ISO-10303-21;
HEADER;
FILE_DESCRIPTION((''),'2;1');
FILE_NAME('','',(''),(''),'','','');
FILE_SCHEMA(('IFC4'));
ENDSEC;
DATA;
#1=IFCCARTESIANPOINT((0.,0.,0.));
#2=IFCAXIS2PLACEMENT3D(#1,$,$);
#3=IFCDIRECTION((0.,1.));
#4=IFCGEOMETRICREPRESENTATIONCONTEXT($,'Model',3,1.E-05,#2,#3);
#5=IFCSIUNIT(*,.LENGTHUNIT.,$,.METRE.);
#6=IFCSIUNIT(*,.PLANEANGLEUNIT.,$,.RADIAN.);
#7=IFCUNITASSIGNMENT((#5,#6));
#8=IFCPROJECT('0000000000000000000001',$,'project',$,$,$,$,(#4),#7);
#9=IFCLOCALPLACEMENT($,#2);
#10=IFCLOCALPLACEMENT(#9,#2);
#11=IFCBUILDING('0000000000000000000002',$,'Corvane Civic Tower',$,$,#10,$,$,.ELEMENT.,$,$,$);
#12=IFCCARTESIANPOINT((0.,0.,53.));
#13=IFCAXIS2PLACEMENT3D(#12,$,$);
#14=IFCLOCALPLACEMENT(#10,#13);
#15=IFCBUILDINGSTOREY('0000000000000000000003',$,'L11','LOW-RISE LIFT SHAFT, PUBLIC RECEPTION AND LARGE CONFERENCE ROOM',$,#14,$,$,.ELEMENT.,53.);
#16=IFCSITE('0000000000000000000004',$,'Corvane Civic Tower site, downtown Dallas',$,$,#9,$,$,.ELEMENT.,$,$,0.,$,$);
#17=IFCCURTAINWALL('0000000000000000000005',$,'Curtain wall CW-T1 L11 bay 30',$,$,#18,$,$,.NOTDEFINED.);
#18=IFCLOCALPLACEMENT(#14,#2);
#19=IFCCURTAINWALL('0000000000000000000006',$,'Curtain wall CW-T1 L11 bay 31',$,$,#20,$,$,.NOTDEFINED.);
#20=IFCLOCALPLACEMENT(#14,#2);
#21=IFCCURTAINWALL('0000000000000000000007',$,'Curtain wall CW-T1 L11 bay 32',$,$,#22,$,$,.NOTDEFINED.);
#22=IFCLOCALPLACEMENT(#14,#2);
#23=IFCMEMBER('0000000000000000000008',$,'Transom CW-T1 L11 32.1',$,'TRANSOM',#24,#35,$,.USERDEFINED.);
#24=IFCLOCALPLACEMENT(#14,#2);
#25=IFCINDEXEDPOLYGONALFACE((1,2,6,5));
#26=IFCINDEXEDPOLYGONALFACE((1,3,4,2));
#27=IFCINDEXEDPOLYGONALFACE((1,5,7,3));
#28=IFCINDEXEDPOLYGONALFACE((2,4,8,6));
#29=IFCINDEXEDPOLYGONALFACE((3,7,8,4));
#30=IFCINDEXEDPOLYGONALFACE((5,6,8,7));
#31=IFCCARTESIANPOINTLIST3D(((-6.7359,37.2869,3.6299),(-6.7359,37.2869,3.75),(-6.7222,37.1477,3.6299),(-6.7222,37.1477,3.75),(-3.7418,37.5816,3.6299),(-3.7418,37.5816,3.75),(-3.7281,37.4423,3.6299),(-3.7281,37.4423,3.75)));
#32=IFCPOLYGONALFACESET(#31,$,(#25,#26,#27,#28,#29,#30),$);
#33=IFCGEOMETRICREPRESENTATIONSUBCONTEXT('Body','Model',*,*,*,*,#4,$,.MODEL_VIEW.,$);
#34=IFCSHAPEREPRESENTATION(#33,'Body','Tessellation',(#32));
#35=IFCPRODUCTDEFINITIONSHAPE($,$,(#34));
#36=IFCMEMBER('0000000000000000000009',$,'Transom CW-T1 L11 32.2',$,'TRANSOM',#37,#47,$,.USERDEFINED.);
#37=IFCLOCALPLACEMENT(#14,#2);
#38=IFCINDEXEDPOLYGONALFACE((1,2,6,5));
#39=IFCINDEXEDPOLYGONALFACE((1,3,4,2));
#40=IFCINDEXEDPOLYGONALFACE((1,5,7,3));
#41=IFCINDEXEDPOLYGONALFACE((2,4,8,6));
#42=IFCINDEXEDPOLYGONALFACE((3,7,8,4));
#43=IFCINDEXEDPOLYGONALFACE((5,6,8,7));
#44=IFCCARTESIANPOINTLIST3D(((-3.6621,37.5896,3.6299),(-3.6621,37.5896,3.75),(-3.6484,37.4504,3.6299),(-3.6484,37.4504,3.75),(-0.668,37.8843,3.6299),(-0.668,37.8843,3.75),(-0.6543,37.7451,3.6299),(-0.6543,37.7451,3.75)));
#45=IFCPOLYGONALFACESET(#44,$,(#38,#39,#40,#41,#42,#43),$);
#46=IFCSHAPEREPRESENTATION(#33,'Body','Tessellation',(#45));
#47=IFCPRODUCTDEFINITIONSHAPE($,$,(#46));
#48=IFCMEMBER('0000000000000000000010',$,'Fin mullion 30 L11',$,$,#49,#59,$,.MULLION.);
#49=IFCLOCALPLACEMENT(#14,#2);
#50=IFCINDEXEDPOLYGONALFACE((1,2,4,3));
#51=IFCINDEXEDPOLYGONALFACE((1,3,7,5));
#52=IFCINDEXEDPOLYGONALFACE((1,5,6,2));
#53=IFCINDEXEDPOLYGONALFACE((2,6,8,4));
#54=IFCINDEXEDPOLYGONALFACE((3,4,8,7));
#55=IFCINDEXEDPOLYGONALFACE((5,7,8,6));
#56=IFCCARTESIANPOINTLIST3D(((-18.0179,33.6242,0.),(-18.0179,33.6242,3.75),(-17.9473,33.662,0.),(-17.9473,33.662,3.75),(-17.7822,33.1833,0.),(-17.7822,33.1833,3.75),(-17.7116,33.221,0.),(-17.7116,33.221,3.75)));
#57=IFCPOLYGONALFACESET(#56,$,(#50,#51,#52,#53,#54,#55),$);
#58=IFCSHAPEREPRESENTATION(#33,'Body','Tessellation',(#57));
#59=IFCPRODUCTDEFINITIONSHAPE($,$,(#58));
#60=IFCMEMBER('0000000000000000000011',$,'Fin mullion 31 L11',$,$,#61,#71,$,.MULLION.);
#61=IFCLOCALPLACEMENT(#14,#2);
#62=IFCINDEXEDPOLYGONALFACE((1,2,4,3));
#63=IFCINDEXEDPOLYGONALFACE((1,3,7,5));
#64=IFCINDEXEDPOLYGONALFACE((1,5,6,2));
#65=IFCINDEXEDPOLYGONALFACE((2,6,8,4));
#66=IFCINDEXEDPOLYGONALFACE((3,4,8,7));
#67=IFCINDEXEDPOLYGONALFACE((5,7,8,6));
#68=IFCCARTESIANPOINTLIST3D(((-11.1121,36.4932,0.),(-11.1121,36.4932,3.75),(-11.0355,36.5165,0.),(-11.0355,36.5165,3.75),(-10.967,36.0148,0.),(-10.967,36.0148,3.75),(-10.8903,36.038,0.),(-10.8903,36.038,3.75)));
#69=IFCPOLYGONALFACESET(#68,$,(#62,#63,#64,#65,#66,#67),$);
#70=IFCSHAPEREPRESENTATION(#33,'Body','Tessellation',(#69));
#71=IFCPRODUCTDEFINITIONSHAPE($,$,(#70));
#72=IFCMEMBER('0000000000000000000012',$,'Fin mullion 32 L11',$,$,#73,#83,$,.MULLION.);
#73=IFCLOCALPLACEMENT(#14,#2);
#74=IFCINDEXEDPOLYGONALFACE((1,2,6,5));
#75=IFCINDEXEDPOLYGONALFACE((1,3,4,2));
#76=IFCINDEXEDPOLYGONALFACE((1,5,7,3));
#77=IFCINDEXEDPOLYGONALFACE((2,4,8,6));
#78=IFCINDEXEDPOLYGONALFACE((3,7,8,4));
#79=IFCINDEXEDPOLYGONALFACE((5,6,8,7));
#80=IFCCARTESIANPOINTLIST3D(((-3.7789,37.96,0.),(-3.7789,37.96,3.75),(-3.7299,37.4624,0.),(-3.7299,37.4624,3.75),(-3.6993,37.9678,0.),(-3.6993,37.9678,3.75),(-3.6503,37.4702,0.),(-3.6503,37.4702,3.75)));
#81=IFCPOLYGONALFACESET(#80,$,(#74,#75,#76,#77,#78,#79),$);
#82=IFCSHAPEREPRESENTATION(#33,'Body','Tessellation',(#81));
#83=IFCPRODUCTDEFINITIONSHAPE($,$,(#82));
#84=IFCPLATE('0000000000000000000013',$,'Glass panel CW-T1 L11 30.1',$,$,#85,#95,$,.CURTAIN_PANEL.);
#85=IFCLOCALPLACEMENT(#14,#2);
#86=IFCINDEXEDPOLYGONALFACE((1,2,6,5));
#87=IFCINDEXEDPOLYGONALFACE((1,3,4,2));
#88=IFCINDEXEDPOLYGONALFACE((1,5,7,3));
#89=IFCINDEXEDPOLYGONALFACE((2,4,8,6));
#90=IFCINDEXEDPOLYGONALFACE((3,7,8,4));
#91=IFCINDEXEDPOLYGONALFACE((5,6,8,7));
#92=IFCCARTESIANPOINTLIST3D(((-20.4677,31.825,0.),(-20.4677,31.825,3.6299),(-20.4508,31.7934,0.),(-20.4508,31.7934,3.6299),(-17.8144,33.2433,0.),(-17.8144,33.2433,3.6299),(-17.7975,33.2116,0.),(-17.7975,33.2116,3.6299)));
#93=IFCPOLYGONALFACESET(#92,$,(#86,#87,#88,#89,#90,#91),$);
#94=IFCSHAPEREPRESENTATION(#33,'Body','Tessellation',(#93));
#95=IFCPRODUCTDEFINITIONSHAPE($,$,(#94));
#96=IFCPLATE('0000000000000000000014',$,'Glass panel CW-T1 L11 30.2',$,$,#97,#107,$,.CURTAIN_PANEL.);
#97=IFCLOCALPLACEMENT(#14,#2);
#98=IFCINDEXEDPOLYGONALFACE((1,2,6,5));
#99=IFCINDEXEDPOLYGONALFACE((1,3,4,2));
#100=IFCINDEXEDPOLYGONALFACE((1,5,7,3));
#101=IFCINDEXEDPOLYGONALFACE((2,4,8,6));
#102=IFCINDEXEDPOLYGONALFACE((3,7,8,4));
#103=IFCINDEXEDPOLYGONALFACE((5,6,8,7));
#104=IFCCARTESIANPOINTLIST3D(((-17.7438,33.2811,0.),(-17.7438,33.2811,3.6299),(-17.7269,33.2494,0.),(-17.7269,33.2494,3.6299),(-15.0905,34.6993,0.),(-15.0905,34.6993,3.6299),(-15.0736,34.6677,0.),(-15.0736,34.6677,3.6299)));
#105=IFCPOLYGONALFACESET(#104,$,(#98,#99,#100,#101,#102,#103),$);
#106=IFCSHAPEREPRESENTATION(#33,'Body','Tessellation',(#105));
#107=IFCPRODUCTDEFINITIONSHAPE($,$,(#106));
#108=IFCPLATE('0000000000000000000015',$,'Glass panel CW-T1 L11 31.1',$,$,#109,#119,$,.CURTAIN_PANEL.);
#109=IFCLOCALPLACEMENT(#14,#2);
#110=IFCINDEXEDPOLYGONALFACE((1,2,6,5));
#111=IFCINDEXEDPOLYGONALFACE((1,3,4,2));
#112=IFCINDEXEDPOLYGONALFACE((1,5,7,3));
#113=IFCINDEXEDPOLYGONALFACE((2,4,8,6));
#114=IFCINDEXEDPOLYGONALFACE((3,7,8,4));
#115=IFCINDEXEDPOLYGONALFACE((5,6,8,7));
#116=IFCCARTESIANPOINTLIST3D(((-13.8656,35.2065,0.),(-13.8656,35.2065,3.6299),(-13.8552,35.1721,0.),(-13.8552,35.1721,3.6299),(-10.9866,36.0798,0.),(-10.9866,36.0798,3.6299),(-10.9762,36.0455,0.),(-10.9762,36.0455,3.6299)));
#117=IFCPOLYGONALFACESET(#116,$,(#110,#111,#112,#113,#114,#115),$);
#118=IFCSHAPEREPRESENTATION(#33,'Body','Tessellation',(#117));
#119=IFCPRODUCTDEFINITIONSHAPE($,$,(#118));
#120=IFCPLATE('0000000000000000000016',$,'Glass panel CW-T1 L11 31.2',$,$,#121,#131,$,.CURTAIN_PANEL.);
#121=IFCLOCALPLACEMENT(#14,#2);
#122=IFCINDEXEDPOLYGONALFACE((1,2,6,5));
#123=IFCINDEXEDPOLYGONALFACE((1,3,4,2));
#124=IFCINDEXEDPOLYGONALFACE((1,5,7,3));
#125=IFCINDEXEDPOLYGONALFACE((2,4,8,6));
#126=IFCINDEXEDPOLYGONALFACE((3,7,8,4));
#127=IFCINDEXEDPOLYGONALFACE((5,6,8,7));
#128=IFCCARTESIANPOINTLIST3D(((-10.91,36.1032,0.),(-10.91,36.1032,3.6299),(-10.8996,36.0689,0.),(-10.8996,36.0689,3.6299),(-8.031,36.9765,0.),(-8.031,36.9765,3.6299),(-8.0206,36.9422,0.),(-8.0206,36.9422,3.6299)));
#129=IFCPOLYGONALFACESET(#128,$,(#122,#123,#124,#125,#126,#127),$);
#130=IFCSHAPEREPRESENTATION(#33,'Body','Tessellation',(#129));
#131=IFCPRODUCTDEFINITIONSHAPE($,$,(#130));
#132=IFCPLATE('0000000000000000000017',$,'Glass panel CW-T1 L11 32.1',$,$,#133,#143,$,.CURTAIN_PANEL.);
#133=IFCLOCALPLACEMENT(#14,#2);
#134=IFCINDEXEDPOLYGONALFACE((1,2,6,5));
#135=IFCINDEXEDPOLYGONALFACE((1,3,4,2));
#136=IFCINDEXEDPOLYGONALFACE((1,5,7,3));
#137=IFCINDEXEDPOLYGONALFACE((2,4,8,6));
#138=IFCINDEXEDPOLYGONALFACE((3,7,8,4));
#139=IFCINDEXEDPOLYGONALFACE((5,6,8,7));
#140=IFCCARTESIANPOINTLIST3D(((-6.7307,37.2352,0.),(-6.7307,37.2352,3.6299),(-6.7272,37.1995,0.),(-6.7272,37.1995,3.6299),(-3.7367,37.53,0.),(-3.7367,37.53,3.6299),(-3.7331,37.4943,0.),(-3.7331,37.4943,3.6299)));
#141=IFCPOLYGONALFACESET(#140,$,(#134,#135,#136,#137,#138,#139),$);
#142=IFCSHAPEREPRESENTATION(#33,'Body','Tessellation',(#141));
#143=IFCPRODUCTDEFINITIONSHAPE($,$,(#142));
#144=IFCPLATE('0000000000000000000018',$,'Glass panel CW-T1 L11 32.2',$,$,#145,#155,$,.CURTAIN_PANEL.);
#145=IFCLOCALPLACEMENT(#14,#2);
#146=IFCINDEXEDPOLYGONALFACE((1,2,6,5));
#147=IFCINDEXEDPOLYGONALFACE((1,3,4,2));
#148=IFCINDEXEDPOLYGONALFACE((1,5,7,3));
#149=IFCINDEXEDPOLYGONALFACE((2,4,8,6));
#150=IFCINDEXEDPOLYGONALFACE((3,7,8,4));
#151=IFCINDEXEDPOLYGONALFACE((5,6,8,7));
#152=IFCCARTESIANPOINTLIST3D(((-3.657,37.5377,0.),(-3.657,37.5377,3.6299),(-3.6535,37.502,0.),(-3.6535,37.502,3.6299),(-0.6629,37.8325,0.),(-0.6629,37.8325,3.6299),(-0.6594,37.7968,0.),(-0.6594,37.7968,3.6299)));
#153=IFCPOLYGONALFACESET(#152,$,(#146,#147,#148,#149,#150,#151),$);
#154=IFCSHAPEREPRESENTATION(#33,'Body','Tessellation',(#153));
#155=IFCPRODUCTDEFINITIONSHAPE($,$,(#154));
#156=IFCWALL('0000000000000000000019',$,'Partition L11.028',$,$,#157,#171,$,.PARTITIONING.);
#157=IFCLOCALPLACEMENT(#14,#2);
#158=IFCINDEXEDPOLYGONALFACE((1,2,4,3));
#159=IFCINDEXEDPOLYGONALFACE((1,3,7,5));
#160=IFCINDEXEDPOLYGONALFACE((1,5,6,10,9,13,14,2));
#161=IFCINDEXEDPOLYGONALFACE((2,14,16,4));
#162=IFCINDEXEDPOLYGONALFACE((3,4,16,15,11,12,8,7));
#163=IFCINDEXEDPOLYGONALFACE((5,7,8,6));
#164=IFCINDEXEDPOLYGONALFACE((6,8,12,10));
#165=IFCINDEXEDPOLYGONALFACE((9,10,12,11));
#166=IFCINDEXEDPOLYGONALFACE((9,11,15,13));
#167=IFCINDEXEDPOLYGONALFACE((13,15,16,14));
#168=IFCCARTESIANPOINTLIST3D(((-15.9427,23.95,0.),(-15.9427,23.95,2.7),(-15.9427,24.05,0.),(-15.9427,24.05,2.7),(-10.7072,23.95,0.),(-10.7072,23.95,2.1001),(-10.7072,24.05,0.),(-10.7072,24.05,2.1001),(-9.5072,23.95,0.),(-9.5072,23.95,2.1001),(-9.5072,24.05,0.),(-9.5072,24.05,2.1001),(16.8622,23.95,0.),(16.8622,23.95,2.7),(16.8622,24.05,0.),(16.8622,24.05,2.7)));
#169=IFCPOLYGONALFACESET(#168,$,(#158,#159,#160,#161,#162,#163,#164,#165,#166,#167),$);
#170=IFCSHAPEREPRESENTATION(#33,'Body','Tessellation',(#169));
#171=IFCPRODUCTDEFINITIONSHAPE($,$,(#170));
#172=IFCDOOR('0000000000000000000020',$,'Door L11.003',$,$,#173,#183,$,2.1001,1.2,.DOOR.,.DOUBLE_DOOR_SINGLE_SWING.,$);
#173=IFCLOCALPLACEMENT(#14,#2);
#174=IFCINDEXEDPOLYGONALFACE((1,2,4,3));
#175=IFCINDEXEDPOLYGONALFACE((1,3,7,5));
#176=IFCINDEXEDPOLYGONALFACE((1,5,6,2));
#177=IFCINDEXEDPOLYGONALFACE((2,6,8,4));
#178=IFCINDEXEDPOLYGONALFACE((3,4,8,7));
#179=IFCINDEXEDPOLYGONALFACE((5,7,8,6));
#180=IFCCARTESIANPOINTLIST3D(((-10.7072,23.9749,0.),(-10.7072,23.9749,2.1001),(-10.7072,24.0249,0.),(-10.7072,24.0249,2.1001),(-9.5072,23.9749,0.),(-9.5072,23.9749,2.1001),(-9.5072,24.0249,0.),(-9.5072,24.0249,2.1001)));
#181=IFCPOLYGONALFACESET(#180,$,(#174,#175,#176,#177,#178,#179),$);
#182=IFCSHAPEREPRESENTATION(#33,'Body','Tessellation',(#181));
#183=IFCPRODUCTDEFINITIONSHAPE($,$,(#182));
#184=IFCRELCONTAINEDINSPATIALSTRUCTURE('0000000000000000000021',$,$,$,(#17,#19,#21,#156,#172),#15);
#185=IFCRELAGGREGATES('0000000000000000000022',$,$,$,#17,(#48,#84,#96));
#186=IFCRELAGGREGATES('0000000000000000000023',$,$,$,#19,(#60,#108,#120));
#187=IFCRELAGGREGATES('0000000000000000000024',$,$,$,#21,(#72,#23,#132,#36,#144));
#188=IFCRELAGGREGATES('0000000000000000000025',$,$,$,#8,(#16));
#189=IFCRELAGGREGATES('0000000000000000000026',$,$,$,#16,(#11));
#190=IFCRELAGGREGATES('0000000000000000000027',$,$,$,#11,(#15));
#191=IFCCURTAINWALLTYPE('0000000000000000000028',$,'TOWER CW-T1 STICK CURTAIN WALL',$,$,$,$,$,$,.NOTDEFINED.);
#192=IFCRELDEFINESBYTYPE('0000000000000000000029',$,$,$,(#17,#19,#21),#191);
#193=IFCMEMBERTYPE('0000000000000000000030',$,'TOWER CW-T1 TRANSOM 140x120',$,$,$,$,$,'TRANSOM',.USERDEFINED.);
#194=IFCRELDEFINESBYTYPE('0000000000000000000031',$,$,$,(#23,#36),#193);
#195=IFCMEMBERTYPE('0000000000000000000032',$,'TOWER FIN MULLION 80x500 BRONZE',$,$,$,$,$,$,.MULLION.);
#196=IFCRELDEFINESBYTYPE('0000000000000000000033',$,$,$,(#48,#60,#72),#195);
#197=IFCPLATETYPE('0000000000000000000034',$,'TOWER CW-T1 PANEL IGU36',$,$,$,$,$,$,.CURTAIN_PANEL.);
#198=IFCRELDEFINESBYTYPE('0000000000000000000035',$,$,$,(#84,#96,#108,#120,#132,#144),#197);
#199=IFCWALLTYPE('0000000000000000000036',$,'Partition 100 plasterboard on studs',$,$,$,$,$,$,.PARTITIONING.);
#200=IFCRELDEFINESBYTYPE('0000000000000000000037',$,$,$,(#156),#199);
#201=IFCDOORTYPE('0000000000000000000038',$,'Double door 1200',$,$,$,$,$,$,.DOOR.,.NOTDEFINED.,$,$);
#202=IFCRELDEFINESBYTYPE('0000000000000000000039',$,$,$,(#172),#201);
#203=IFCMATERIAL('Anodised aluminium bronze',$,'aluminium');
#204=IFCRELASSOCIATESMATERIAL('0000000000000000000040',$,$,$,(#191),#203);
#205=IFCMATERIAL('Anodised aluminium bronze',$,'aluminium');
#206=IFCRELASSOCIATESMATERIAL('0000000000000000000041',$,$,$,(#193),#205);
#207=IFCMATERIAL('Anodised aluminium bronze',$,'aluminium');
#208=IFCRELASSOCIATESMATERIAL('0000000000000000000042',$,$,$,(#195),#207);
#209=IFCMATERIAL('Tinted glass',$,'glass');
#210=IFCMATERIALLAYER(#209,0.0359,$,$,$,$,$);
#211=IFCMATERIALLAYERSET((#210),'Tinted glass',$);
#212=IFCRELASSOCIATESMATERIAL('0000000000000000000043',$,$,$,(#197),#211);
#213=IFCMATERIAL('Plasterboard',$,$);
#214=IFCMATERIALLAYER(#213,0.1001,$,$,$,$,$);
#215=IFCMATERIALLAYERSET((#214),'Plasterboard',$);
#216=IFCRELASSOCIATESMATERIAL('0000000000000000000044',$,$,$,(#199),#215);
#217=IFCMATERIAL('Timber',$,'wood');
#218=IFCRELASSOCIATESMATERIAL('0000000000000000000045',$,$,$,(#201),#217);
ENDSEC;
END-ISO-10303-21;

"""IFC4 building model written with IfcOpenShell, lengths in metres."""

from ifc_helpers import new_model, si_unit, direction, frame, frame_2d, origin, origin_2d, place, context, subcontext, project, spatial, rectangle, extrude, material, layer, layer_set, material_profile, profile_set, type_object, element, fill, aggregate, save


model = new_model("IFC4")

# Units and contexts
model_context = context("Model", 3, precision=1e-05, world=origin(), true_north=direction((0.0, 1.0)))
body_context = subcontext(model_context, "Body", "Model", "MODEL_VIEW")
ifc_project = project(units=[si_unit("LENGTHUNIT", "METRE"), si_unit("PLANEANGLEUNIT", "RADIAN")], contexts=[model_context])

# Site, building, storey
site_placement = place(None, origin())
site = spatial("IfcSite", under=ifc_project, at=site_placement, Name="Corvane Civic Tower site, downtown Dallas", CompositionType="ELEMENT", RefElevation=0.0)
building_placement = place(site_placement, origin())
building = spatial("IfcBuilding", under=site, at=building_placement, Name="Corvane Civic Tower", CompositionType="ELEMENT")
storey_placement = place(building_placement, frame((0.0, 0.0, 53.0)))
storey = spatial("IfcBuildingStorey", under=building, at=storey_placement, Name="L11", Description="LOW-RISE LIFT SHAFT, PUBLIC RECEPTION AND LARGE CONFERENCE ROOM", CompositionType="ELEMENT", Elevation=53.0)

# Curtain wall
ifc_material_1 = material(Name="Anodised aluminium bronze", Category="aluminium")
curtain_wall_type = type_object("IfcCurtainWallType", Name="TOWER CW-T1 STICK CURTAIN WALL", PredefinedType="NOTDEFINED", material=ifc_material_1)
curtain_wall_1_placement = place(storey_placement, origin())
curtain_wall_1 = element("IfcCurtainWall", 1, at=curtain_wall_1_placement, inside=storey, type_object=curtain_wall_type, Name="Curtain wall CW-T1 L11 bay 30", PredefinedType="NOTDEFINED")
ifc_material_2 = material(Name="Anodised aluminium bronze", Category="aluminium")
ifc_material_profile_1 = material_profile(ifc_material_2, rectangle(XDim=0.1399, YDim=0.1201, at=origin_2d()), Name="TOWER CW-T1 TRANSOM 140x120")
ifc_profile_set_1 = profile_set([ifc_material_profile_1], Name="Anodised aluminium bronze")
member_type_1 = type_object("IfcMemberType", Name="TOWER CW-T1 TRANSOM 140x120", ElementType="TRANSOM", PredefinedType="USERDEFINED", material=ifc_profile_set_1)

# Curtain walls, members
curtain_wall_2_placement = place(storey_placement, origin())
curtain_wall_2 = element("IfcCurtainWall", 2, at=curtain_wall_2_placement, inside=storey, type_object=curtain_wall_type, Name="Curtain wall CW-T1 L11 bay 31", PredefinedType="NOTDEFINED")
curtain_wall_3_placement = place(storey_placement, origin())
curtain_wall_3 = element("IfcCurtainWall", 3, at=curtain_wall_3_placement, inside=storey, type_object=curtain_wall_type, Name="Curtain wall CW-T1 L11 bay 32", PredefinedType="NOTDEFINED")
member_1_placement = place(storey_placement, frame((-6.729, 37.2173, 3.6899), z_axis=(0.995192, 0.097945, 0.0), x_axis=(-0.097945, 0.995192, 0.0)))
member_1 = element("IfcMember", 4, at=member_1_placement, type_object=member_type_1, Name="Transom CW-T1 L11 32.1", ObjectType="TRANSOM", PredefinedType="USERDEFINED", context=body_context, shape_type="SweptSolid", body=[
    extrude(rectangle(XDim=0.1399, YDim=0.1201, at=origin_2d()), origin(), (0.0, 0.0, 1.0), 3.0085),
])
member_2_placement = place(storey_placement, frame((-3.6553, 37.52, 3.6899), z_axis=(0.995192, 0.097945, 0.0), x_axis=(-0.097945, 0.995192, 0.0)))
member_2 = element("IfcMember", 5, at=member_2_placement, type_object=member_type_1, Name="Transom CW-T1 L11 32.2", ObjectType="TRANSOM", PredefinedType="USERDEFINED", context=body_context, shape_type="SweptSolid", body=[
    extrude(rectangle(XDim=0.1399, YDim=0.1201, at=origin_2d()), origin(), (0.0, 0.0, 1.0), 3.0085),
])

# Members
ifc_material_3 = material(Name="Anodised aluminium bronze", Category="aluminium")
ifc_material_profile_2 = material_profile(ifc_material_3, rectangle(XDim=0.0801, YDim=0.5, at=origin_2d()), Name="TOWER FIN MULLION 80x500 BRONZE")
ifc_profile_set_2 = profile_set([ifc_material_profile_2], Name="Anodised aluminium bronze")
member_type_2 = type_object("IfcMemberType", Name="TOWER FIN MULLION 80x500 BRONZE", PredefinedType="MULLION", material=ifc_profile_set_2)
member_3_placement = place(storey_placement, frame((-17.8647, 33.4226, 0.0), z_axis=(0.0, 0.0, 1.0), x_axis=(0.881918, 0.471404, 0.0)))
member_3 = element("IfcMember", 6, at=member_3_placement, type_object=member_type_2, Name="Fin mullion 30 L11", PredefinedType="MULLION", context=body_context, shape_type="SweptSolid", body=[
    extrude(rectangle(XDim=0.0801, YDim=0.5, at=origin_2d()), origin(), (0.0, 0.0, 1.0), 3.75),
])
member_4_placement = place(storey_placement, frame((-11.0012, 36.2656, 0.0), z_axis=(0.0, 0.0, 1.0), x_axis=(0.956942, 0.290278, 0.0)))
member_4 = element("IfcMember", 7, at=member_4_placement, type_object=member_type_2, Name="Fin mullion 31 L11", PredefinedType="MULLION", context=body_context, shape_type="SweptSolid", body=[
    extrude(rectangle(XDim=0.0801, YDim=0.5, at=origin_2d()), origin(), (0.0, 0.0, 1.0), 3.75),
])
member_5_placement = place(storey_placement, frame((-3.7146, 37.7151, 0.0), z_axis=(0.0, 0.0, 1.0), x_axis=(0.995186, 0.098006, 0.0)))
member_5 = element("IfcMember", 8, at=member_5_placement, type_object=member_type_2, Name="Fin mullion 32 L11", PredefinedType="MULLION", context=body_context, shape_type="SweptSolid", body=[
    extrude(rectangle(XDim=0.0801, YDim=0.5, at=origin_2d()), origin(), (0.0, 0.0, 1.0), 3.75),
])

# Plates
ifc_material_4 = material(Name="Tinted glass", Category="glass")
ifc_layer_1 = layer(ifc_material_4, 0.0359)
ifc_layer_set_1 = layer_set([ifc_layer_1], Name="Tinted glass")
plate_type = type_object("IfcPlateType", Name="TOWER CW-T1 PANEL IGU36", PredefinedType="CURTAIN_PANEL", material=ifc_layer_set_1)
plate_1_placement = place(storey_placement, frame((-19.1326, 32.5183, 0.0), z_axis=(0.0, 0.0, 1.0), x_axis=(0.881918, 0.471404, 0.0)))
plate_1 = element("IfcPlate", 9, at=plate_1_placement, type_object=plate_type, Name="Glass panel CW-T1 L11 30.1", PredefinedType="CURTAIN_PANEL", context=body_context, shape_type="SweptSolid", body=[
    extrude(rectangle(XDim=3.0085, YDim=0.0359, at=origin_2d()), origin(), (0.0, 0.0, 1.0), 3.6299),
])
plate_2_placement = place(storey_placement, frame((-16.4087, 33.9744, 0.0), z_axis=(0.0, 0.0, 1.0), x_axis=(0.881918, 0.471404, 0.0)))
plate_2 = element("IfcPlate", 10, at=plate_2_placement, type_object=plate_type, Name="Glass panel CW-T1 L11 30.2", PredefinedType="CURTAIN_PANEL", context=body_context, shape_type="SweptSolid", body=[
    extrude(rectangle(XDim=3.0085, YDim=0.0359, at=origin_2d()), origin(), (0.0, 0.0, 1.0), 3.6299),
])
aggregate(curtain_wall_1, [member_3, plate_1, plate_2])
plate_3_placement = place(storey_placement, frame((-12.4209, 35.626, 0.0), z_axis=(0.0, 0.0, 1.0), x_axis=(0.956942, 0.290278, 0.0)))
plate_3 = element("IfcPlate", 11, at=plate_3_placement, type_object=plate_type, Name="Glass panel CW-T1 L11 31.1", PredefinedType="CURTAIN_PANEL", context=body_context, shape_type="SweptSolid", body=[
    extrude(rectangle(XDim=3.0085, YDim=0.0359, at=origin_2d()), origin(), (0.0, 0.0, 1.0), 3.6299),
])
plate_4_placement = place(storey_placement, frame((-9.4653, 36.5227, 0.0), z_axis=(0.0, 0.0, 1.0), x_axis=(0.956942, 0.290278, 0.0)))
plate_4 = element("IfcPlate", 12, at=plate_4_placement, type_object=plate_type, Name="Glass panel CW-T1 L11 31.2", PredefinedType="CURTAIN_PANEL", context=body_context, shape_type="SweptSolid", body=[
    extrude(rectangle(XDim=3.0085, YDim=0.0359, at=origin_2d()), origin(), (0.0, 0.0, 1.0), 3.6299),
])
aggregate(curtain_wall_2, [member_4, plate_3, plate_4])
plate_5_placement = place(storey_placement, frame((-5.2319, 37.3647, 0.0), z_axis=(0.0, 0.0, 1.0), x_axis=(0.995186, 0.098006, 0.0)))
plate_5 = element("IfcPlate", 13, at=plate_5_placement, type_object=plate_type, Name="Glass panel CW-T1 L11 32.1", PredefinedType="CURTAIN_PANEL", context=body_context, shape_type="SweptSolid", body=[
    extrude(rectangle(XDim=3.0085, YDim=0.0359, at=origin_2d()), origin(), (0.0, 0.0, 1.0), 3.6299),
])
plate_6_placement = place(storey_placement, frame((-2.1582, 37.6672, 0.0), z_axis=(0.0, 0.0, 1.0), x_axis=(0.995186, 0.098006, 0.0)))
plate_6 = element("IfcPlate", 14, at=plate_6_placement, type_object=plate_type, Name="Glass panel CW-T1 L11 32.2", PredefinedType="CURTAIN_PANEL", context=body_context, shape_type="SweptSolid", body=[
    extrude(rectangle(XDim=3.0085, YDim=0.0359, at=origin_2d()), origin(), (0.0, 0.0, 1.0), 3.6299),
])
aggregate(curtain_wall_3, [member_5, member_1, plate_5, member_2, plate_6])

# Wall, opening, door
ifc_material_5 = material(Name="Plasterboard")
ifc_layer_2 = layer(ifc_material_5, 0.1001)
ifc_layer_set_2 = layer_set([ifc_layer_2], Name="Plasterboard")
wall_type_1 = type_object("IfcWallType", Name="Partition 100 plasterboard on studs", PredefinedType="PARTITIONING", material=ifc_layer_set_2)
wall_1_placement = place(storey_placement, frame((-15.9426, 24.0, 0.0), z_axis=(0.0, 0.0, 1.0), x_axis=(1.0, 0.0, 0.0)))
wall_1 = element("IfcWall", 15, at=wall_1_placement, inside=storey, type_object=wall_type_1, Name="Partition L11.028", PredefinedType="PARTITIONING", context=body_context, shape_type="SweptSolid", body=[
    extrude(rectangle(XDim=32.8049, YDim=0.1001, at=frame_2d((16.4023, 0.0))), origin(), (0.0, 0.0, 1.0), 2.7),
])
opening_1_placement = place(wall_1_placement, frame((5.2354, 0.0, 0.0)))
opening_1 = element("IfcOpeningElement", 16, at=opening_1_placement, cuts=wall_1, PredefinedType="OPENING", context=body_context, shape_type="SweptSolid", body=[
    extrude(rectangle(XDim=1.2, YDim=2.1001, at=frame_2d((0.6001, 1.05))), frame((0.0, 0.0601, 0.0), z_axis=(0.0, -1.0, 0.0), x_axis=(1.0, 0.0, 0.0)), (0.0, 0.0, 1.0), 0.1201),
])
ifc_material_6 = material(Name="Timber", Category="wood")
door_type_1 = type_object("IfcDoorType", Name="Double door 1200", OperationType="NOTDEFINED", PredefinedType="DOOR", material=ifc_material_6)
door_1_placement = place(opening_1_placement, origin())
door_1 = element("IfcDoor", 17, at=door_1_placement, inside=storey, type_object=door_type_1, Name="Door L11.003", OperationType="DOUBLE_DOOR_SINGLE_SWING", OverallHeight=2.1001, OverallWidth=1.2, PredefinedType="DOOR", context=body_context, shape_type="SweptSolid", body=[
    extrude(rectangle(XDim=1.2, YDim=2.1001, at=frame_2d((0.6001, 1.05))), frame((0.0, 0.0249, 0.0), z_axis=(0.0, -1.0, 0.0), x_axis=(1.0, 0.0, 0.0)), (0.0, 0.0, 1.0), 0.05),
])
fill(opening_1, door_1)

save(model, "model.ifc")
